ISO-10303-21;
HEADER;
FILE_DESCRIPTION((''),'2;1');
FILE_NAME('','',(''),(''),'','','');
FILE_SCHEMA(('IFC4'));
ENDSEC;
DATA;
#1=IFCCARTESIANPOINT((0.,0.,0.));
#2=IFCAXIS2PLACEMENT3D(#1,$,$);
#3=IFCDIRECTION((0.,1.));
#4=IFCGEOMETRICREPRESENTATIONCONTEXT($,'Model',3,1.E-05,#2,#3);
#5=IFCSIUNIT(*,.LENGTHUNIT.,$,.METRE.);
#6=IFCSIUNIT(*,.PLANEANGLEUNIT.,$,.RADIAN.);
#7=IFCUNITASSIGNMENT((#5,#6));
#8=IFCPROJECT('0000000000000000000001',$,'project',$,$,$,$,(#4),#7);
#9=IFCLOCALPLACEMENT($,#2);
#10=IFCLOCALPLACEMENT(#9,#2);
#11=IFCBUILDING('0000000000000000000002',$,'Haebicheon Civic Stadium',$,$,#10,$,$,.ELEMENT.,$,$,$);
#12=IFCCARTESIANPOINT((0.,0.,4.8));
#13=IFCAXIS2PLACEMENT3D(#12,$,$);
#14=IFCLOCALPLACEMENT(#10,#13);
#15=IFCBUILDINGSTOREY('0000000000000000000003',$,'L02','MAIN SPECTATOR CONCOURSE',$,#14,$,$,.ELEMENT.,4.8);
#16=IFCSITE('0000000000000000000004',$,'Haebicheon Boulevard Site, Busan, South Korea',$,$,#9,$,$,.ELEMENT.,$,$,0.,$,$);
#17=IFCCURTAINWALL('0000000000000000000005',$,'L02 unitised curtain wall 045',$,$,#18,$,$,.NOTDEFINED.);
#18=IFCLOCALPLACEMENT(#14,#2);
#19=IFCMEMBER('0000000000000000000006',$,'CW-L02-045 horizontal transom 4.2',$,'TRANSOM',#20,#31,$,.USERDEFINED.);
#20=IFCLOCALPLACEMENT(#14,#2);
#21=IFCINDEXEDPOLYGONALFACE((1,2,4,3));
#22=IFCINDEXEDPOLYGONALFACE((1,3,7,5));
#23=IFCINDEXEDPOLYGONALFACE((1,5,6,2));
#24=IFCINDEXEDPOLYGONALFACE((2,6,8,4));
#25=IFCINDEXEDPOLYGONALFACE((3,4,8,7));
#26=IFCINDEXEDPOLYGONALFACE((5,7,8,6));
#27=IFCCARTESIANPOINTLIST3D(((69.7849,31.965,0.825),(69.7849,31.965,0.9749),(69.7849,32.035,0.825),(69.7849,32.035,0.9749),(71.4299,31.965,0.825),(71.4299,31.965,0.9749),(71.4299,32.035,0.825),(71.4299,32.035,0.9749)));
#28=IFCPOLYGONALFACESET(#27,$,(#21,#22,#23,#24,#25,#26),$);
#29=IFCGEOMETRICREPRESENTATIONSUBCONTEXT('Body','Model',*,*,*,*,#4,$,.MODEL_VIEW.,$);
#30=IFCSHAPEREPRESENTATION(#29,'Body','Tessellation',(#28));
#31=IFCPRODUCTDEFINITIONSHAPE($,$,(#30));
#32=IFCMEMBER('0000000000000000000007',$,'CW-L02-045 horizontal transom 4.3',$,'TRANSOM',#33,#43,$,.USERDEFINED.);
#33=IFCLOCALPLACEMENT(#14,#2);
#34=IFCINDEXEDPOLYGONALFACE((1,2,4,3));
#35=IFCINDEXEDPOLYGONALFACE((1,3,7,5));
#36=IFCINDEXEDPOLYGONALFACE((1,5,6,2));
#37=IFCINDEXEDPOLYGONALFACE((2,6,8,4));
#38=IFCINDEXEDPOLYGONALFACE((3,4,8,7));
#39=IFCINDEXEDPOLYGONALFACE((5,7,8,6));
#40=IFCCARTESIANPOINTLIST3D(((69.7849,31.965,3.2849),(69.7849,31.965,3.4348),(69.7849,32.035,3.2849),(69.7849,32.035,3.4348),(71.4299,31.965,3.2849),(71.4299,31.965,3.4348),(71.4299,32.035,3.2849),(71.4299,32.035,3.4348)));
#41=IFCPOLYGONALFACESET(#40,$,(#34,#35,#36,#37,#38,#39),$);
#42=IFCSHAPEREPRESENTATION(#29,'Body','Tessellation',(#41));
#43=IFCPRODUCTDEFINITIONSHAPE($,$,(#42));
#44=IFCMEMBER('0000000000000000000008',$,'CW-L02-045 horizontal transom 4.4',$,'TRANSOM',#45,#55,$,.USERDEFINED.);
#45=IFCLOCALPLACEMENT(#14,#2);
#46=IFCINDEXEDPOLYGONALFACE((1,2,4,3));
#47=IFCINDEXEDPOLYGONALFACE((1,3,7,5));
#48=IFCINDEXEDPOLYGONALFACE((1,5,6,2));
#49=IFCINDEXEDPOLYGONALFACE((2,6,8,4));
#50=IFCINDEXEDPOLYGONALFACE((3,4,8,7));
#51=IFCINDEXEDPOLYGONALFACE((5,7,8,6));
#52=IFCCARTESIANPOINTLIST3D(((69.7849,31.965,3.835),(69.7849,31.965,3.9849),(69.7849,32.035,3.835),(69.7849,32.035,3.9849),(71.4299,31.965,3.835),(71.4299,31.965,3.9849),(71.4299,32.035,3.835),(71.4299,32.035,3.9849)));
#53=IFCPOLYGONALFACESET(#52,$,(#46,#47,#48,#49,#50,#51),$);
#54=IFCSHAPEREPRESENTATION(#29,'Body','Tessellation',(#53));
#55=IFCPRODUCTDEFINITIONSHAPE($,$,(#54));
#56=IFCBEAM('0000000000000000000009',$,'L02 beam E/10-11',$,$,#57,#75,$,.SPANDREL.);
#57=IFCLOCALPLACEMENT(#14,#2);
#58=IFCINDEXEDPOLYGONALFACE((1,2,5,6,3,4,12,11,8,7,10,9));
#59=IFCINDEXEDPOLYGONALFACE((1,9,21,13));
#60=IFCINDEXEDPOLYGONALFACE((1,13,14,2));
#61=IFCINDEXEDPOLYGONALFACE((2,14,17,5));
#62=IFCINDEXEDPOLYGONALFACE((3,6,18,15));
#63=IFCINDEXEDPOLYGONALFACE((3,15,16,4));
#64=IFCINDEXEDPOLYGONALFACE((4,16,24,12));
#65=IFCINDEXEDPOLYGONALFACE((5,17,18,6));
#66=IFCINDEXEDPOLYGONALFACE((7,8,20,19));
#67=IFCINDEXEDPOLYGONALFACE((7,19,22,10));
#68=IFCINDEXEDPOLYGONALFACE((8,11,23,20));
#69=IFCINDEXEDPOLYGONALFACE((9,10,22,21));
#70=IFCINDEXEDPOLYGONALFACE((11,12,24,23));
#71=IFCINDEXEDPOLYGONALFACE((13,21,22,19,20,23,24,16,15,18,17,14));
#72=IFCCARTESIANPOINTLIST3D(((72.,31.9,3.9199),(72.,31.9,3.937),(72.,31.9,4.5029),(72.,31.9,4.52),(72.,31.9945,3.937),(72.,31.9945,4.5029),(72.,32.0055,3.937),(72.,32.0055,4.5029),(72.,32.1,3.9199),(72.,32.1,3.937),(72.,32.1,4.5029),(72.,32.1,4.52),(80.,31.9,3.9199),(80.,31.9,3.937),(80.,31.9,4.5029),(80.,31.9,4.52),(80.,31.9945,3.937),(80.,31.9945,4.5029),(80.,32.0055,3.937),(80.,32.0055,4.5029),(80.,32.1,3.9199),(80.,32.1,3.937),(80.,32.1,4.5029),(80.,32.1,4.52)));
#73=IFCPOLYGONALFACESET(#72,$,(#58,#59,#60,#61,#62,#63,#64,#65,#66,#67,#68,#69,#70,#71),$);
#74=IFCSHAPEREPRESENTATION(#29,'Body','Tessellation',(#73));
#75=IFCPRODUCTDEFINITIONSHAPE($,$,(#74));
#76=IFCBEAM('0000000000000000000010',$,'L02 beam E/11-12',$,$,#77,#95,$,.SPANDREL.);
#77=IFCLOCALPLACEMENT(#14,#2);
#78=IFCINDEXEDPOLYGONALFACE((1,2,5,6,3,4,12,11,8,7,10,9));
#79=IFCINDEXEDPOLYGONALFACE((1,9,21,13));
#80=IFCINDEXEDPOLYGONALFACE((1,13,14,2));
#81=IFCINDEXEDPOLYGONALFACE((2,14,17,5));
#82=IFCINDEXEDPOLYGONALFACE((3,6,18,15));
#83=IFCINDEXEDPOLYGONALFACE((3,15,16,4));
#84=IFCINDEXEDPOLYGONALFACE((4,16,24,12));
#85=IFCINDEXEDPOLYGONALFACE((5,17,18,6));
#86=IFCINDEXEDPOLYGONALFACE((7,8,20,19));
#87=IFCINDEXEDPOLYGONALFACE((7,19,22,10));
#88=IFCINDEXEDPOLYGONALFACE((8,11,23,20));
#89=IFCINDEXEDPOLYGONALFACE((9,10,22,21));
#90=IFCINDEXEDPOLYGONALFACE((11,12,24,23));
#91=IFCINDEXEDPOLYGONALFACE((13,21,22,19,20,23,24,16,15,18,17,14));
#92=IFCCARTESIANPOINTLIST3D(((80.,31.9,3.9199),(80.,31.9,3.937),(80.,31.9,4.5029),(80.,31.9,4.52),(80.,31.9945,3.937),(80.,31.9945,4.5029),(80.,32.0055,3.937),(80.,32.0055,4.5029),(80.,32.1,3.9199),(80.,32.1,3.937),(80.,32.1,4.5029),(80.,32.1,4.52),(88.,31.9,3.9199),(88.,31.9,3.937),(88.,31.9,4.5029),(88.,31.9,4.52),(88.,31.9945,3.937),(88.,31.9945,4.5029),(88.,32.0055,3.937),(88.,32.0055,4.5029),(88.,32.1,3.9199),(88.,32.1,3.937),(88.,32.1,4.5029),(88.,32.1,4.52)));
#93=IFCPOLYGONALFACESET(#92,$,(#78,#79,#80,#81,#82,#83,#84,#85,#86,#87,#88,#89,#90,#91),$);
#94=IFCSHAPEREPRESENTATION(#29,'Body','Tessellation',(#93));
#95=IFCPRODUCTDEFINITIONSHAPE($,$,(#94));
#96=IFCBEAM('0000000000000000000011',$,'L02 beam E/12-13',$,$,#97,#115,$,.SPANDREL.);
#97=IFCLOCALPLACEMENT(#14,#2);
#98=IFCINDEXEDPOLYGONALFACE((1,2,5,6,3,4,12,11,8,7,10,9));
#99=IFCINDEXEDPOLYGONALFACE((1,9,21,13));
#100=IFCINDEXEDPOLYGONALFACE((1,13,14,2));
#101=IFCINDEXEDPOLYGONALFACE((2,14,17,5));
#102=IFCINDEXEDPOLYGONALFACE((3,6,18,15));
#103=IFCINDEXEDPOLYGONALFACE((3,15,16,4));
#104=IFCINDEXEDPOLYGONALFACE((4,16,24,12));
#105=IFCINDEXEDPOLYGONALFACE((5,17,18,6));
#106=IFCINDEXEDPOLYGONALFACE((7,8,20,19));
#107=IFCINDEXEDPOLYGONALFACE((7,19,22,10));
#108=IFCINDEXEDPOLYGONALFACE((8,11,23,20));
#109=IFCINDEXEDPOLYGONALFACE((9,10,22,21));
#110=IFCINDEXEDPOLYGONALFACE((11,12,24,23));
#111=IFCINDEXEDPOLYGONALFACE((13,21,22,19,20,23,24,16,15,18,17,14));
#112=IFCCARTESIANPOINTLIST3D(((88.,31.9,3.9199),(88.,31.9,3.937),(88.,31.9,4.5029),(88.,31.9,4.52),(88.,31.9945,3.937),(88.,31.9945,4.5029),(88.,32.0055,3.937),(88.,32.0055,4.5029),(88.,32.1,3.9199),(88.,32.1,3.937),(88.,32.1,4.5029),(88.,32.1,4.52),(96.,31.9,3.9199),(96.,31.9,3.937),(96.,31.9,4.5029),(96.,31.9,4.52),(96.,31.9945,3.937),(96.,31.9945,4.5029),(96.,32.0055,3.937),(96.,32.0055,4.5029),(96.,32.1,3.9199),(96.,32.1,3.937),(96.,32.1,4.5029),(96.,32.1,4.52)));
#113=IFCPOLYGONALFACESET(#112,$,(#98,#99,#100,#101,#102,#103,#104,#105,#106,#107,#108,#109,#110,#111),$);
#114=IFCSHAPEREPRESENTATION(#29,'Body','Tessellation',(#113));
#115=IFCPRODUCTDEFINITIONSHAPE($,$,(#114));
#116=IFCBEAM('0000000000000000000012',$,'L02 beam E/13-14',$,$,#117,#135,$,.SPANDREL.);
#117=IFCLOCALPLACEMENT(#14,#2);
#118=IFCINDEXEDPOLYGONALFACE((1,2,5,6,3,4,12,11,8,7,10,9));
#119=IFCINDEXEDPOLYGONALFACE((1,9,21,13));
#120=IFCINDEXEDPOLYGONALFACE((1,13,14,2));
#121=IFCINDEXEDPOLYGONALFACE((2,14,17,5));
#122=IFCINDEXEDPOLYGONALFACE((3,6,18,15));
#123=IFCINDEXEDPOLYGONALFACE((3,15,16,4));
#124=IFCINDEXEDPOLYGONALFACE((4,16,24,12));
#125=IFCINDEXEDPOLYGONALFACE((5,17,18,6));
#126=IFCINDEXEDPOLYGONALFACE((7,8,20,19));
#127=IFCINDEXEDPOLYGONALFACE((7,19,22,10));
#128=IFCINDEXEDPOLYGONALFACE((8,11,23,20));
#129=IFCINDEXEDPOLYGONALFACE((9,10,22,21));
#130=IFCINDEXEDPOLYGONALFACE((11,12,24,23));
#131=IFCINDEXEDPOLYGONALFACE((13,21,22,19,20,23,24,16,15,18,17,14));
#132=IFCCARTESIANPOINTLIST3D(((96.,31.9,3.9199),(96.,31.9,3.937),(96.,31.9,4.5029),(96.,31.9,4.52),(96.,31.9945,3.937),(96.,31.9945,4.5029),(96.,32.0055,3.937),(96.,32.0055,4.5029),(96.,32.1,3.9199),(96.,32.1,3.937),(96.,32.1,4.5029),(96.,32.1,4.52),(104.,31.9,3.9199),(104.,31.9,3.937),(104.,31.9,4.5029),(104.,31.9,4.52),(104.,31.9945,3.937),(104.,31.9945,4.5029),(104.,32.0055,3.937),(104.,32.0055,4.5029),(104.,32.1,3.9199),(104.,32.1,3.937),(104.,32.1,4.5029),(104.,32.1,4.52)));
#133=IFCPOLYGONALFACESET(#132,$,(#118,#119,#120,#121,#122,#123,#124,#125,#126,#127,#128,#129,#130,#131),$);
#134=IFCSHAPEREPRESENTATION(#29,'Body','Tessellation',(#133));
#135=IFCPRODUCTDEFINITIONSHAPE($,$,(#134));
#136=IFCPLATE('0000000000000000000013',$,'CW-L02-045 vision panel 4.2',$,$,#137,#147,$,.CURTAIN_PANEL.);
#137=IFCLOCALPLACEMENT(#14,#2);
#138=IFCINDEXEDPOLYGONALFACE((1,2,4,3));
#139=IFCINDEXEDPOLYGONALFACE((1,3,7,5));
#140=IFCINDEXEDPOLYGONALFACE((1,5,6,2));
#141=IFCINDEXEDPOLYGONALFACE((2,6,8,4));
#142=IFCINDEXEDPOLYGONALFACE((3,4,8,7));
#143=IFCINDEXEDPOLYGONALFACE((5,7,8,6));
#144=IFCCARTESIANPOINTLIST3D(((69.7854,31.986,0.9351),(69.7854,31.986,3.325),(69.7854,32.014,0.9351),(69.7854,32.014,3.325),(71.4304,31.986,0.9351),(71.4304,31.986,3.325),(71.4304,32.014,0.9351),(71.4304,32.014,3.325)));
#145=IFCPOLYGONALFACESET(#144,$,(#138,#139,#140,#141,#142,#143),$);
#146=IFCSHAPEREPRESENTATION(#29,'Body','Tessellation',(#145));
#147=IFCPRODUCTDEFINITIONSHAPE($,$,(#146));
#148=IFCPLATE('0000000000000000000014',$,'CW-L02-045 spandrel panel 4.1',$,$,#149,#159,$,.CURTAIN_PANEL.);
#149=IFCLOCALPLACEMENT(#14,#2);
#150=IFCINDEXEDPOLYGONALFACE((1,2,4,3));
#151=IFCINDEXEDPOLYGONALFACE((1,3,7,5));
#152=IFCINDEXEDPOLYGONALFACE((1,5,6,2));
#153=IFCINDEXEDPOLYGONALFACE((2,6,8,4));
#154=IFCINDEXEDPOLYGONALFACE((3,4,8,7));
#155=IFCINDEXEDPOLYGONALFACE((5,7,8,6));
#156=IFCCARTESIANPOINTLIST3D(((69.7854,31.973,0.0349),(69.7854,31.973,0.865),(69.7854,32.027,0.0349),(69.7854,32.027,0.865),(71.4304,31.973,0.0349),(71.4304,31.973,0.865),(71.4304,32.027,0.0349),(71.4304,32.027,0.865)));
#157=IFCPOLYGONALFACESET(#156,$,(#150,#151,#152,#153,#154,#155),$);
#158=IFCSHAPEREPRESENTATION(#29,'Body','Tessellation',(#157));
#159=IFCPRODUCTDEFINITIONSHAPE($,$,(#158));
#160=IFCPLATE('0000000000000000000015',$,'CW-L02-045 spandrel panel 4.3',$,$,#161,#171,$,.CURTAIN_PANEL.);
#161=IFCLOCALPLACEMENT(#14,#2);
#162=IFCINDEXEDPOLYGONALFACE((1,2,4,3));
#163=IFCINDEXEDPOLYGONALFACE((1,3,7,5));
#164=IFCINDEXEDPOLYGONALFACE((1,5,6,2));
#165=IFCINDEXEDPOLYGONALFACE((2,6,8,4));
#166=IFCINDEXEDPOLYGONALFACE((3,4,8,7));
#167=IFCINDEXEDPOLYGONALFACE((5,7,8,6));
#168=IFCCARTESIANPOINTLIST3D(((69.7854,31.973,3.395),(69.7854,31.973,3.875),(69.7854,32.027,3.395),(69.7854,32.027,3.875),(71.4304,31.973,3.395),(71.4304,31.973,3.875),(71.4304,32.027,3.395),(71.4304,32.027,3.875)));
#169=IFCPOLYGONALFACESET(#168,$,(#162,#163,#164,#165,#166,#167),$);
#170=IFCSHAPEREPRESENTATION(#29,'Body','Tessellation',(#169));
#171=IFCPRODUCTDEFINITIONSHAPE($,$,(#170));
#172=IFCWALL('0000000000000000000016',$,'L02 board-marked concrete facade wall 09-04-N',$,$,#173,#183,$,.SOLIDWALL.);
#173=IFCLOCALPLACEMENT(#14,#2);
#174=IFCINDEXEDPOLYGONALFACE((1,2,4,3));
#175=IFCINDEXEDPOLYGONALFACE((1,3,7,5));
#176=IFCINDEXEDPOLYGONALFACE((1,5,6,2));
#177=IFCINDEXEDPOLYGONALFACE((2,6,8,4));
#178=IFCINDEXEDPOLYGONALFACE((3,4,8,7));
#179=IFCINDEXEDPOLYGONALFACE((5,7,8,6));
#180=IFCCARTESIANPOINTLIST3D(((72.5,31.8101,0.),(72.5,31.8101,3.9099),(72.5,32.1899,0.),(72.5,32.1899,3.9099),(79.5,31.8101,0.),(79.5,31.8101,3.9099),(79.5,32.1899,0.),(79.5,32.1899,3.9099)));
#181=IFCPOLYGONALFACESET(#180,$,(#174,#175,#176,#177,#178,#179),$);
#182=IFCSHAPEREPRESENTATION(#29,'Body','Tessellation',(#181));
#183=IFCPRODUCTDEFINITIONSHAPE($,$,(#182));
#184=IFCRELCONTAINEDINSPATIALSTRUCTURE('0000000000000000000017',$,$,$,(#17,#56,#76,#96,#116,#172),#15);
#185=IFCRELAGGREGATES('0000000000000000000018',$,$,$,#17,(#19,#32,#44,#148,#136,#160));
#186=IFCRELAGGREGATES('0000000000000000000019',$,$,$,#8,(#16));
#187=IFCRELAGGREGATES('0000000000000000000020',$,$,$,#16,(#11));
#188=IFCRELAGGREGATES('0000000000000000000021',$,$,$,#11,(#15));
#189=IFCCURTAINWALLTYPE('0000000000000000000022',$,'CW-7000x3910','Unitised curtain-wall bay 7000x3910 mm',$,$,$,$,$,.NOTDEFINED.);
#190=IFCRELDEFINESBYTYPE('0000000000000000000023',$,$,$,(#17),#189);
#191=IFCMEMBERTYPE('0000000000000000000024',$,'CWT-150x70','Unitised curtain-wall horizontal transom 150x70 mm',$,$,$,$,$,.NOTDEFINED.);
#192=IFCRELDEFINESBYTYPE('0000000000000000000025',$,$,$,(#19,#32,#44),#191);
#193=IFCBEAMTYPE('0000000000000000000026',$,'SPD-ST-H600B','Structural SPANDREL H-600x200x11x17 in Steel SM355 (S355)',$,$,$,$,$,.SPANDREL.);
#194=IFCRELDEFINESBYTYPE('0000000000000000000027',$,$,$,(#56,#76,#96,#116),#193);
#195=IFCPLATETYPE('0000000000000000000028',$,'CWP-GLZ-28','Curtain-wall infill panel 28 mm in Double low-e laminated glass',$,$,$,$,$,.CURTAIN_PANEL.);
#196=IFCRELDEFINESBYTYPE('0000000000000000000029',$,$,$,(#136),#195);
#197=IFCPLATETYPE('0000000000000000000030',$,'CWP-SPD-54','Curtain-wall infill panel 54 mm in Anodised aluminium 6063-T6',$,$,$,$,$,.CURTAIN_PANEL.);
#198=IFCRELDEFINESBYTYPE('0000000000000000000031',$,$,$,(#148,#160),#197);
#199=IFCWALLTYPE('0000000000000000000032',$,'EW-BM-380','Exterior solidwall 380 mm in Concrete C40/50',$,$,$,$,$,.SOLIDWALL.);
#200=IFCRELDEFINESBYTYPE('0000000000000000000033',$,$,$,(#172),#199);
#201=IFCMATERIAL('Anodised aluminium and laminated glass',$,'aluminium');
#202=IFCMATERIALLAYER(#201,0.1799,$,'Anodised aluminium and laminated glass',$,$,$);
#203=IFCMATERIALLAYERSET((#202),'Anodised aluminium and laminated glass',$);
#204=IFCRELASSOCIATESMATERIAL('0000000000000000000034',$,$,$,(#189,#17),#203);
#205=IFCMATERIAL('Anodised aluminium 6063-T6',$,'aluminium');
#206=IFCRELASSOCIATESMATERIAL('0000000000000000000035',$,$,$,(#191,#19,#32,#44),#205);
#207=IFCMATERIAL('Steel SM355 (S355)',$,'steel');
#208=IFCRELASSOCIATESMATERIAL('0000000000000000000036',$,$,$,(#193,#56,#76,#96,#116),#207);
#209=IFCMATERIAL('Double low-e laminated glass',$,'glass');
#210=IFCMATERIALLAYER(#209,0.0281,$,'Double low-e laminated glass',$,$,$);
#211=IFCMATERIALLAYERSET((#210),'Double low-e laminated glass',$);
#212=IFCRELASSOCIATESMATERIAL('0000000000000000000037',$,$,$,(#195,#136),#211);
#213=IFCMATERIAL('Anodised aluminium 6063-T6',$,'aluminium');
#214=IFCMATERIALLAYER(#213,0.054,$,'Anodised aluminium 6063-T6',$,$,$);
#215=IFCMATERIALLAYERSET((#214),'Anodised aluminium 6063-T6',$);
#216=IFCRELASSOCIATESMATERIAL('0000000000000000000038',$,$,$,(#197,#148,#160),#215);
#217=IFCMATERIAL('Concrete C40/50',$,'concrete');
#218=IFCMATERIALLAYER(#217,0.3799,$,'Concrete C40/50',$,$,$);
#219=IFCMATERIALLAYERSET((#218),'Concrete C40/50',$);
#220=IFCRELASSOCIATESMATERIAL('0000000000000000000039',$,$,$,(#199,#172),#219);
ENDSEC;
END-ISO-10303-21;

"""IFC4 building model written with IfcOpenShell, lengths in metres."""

from ifc_helpers import new_model, si_unit, direction, frame, frame_2d, origin, origin_2d, place, context, subcontext, project, spatial, rectangle, i_section, extrude, material, layer, layer_set, material_profile, profile_set, type_object, element, aggregate, save


model = new_model("IFC4")

# Units and contexts
model_context = context("Model", 3, precision=1e-05, world=origin(), true_north=direction((0.0, 1.0)))
body_context = subcontext(model_context, "Body", "Model", "MODEL_VIEW")
ifc_project = project(units=[si_unit("LENGTHUNIT", "METRE"), si_unit("PLANEANGLEUNIT", "RADIAN")], contexts=[model_context])

# Site, building, storey
site_placement = place(None, origin())
site = spatial("IfcSite", under=ifc_project, at=site_placement, Name="Haebicheon Boulevard Site, Busan, South Korea", CompositionType="ELEMENT", RefElevation=0.0)
building_placement = place(site_placement, origin())
building = spatial("IfcBuilding", under=site, at=building_placement, Name="Haebicheon Civic Stadium", CompositionType="ELEMENT")
storey_placement = place(building_placement, frame((0.0, 0.0, 4.8)))
storey = spatial("IfcBuildingStorey", under=building, at=storey_placement, Name="L02", Description="MAIN SPECTATOR CONCOURSE", CompositionType="ELEMENT", Elevation=4.8)

# Curtain wall, members
ifc_material_1 = material(Name="Anodised aluminium and laminated glass", Category="aluminium")
ifc_layer_1 = layer(ifc_material_1, 0.1799, Name="Anodised aluminium and laminated glass")
ifc_layer_set_1 = layer_set([ifc_layer_1], Name="Anodised aluminium and laminated glass")
curtain_wall_type = type_object("IfcCurtainWallType", Name="CW-7000x3910", Description="Unitised curtain-wall bay 7000x3910 mm", PredefinedType="NOTDEFINED", material=ifc_layer_set_1)
curtain_wall_placement = place(storey_placement, origin())
curtain_wall = element("IfcCurtainWall", 1, at=curtain_wall_placement, inside=storey, type_object=curtain_wall_type, material=ifc_layer_set_1, Name="L02 unitised curtain wall 045", PredefinedType="NOTDEFINED")
ifc_material_2 = material(Name="Anodised aluminium 6063-T6", Category="aluminium")
ifc_material_profile_1 = material_profile(ifc_material_2, rectangle(XDim=0.0701, YDim=0.1499, at=origin_2d()), Name="ALU-TRAN-70x150")
ifc_profile_set_1 = profile_set([ifc_material_profile_1], Name="Anodised aluminium 6063-T6")
member_type_1 = type_object("IfcMemberType", Name="CWT-150x70", Description="Unitised curtain-wall horizontal transom 150x70 mm", PredefinedType="NOTDEFINED", material=ifc_profile_set_1)
member_1_placement = place(storey_placement, frame((69.7849, 32.0, 0.8999), z_axis=(1.0, 0.0, 0.0), x_axis=(0.0, 1.0, 0.0)))
member_1 = element("IfcMember", 2, at=member_1_placement, type_object=member_type_1, material=ifc_profile_set_1, Name="CW-L02-045 horizontal transom 4.2", ObjectType="TRANSOM", PredefinedType="USERDEFINED", context=body_context, shape_type="SweptSolid", body=[
    extrude(rectangle(XDim=0.0701, YDim=0.1499, at=origin_2d()), origin(), (0.0, 0.0, 1.0), 1.645),
])
member_2_placement = place(storey_placement, frame((69.7849, 32.0, 3.3599), z_axis=(1.0, 0.0, 0.0), x_axis=(0.0, 1.0, 0.0)))
member_2 = element("IfcMember", 3, at=member_2_placement, type_object=member_type_1, material=ifc_profile_set_1, Name="CW-L02-045 horizontal transom 4.3", ObjectType="TRANSOM", PredefinedType="USERDEFINED", context=body_context, shape_type="SweptSolid", body=[
    extrude(rectangle(XDim=0.0701, YDim=0.1499, at=origin_2d()), origin(), (0.0, 0.0, 1.0), 1.645),
])
member_3_placement = place(storey_placement, frame((69.7849, 32.0, 3.9099), z_axis=(1.0, 0.0, 0.0), x_axis=(0.0, 1.0, 0.0)))
member_3 = element("IfcMember", 4, at=member_3_placement, type_object=member_type_1, material=ifc_profile_set_1, Name="CW-L02-045 horizontal transom 4.4", ObjectType="TRANSOM", PredefinedType="USERDEFINED", context=body_context, shape_type="SweptSolid", body=[
    extrude(rectangle(XDim=0.0701, YDim=0.1499, at=origin_2d()), origin(), (0.0, 0.0, 1.0), 1.645),
])

# Beams
ifc_material_3 = material(Name="Steel SM355 (S355)", Category="steel")
ifc_material_profile_2 = material_profile(ifc_material_3, i_section(OverallWidth=0.2, OverallDepth=0.6001, WebThickness=0.011, FlangeThickness=0.0171, at=origin_2d()), Name="H-600x200x11x17")
ifc_profile_set_2 = profile_set([ifc_material_profile_2], Name="Steel SM355 (S355)")
beam_type_1 = type_object("IfcBeamType", Name="SPD-ST-H600B", Description="Structural SPANDREL H-600x200x11x17 in Steel SM355 (S355)", PredefinedType="SPANDREL", material=ifc_profile_set_2)
for number, where, z_axis, x_axis, name in (
    (5, (72.0, 32.0, 4.22), (1.0, 0.0, 0.0), (0.0, 1.0, 0.0), "L02 beam E/10-11"),
    (6, (80.0, 32.0, 4.22), (1.0, 0.0, 0.0), (0.0, 1.0, 0.0), "L02 beam E/11-12"),
    (7, (88.0, 32.0, 4.22), (1.0, 0.0, 0.0), (0.0, 1.0, 0.0), "L02 beam E/12-13"),
    (8, (96.0, 32.0, 4.22), (1.0, 0.0, 0.0), (0.0, 1.0, 0.0), "L02 beam E/13-14"),
):
    element("IfcBeam", number, at=place(storey_placement, frame(where, z_axis=z_axis, x_axis=x_axis)), inside=storey, type_object=beam_type_1, material=ifc_profile_set_2, Name=name, PredefinedType="SPANDREL", context=body_context, shape_type="SweptSolid", body=[
        extrude(i_section(OverallWidth=0.2, OverallDepth=0.6001, WebThickness=0.011, FlangeThickness=0.0171, at=origin_2d()), origin(), (0.0, 0.0, 1.0), 8.0),
    ])

# Plates
ifc_material_4 = material(Name="Double low-e laminated glass", Category="glass")
ifc_layer_2 = layer(ifc_material_4, 0.0281, Name="Double low-e laminated glass")
ifc_layer_set_2 = layer_set([ifc_layer_2], Name="Double low-e laminated glass")
plate_type_1 = type_object("IfcPlateType", Name="CWP-GLZ-28", Description="Curtain-wall infill panel 28 mm in Double low-e laminated glass", PredefinedType="CURTAIN_PANEL", material=ifc_layer_set_2)
plate_1_placement = place(storey_placement, frame((70.6079, 32.0, 0.9351), z_axis=(0.0, 0.0, 1.0), x_axis=(1.0, 0.0, 0.0)))
plate_1 = element("IfcPlate", 9, at=plate_1_placement, type_object=plate_type_1, material=ifc_layer_set_2, Name="CW-L02-045 vision panel 4.2", PredefinedType="CURTAIN_PANEL", context=body_context, shape_type="SweptSolid", body=[
    extrude(rectangle(XDim=1.645, YDim=0.0281, at=origin_2d()), origin(), (0.0, 0.0, 1.0), 2.3899),
])
ifc_material_5 = material(Name="Anodised aluminium 6063-T6", Category="aluminium")
ifc_layer_3 = layer(ifc_material_5, 0.054, Name="Anodised aluminium 6063-T6")
ifc_layer_set_3 = layer_set([ifc_layer_3], Name="Anodised aluminium 6063-T6")
plate_type_2 = type_object("IfcPlateType", Name="CWP-SPD-54", Description="Curtain-wall infill panel 54 mm in Anodised aluminium 6063-T6", PredefinedType="CURTAIN_PANEL", material=ifc_layer_set_3)
plate_2_placement = place(storey_placement, frame((70.6079, 32.0, 0.0349), z_axis=(0.0, 0.0, 1.0), x_axis=(1.0, 0.0, 0.0)))
plate_2 = element("IfcPlate", 10, at=plate_2_placement, type_object=plate_type_2, material=ifc_layer_set_3, Name="CW-L02-045 spandrel panel 4.1", PredefinedType="CURTAIN_PANEL", context=body_context, shape_type="SweptSolid", body=[
    extrude(rectangle(XDim=1.645, YDim=0.054, at=origin_2d()), origin(), (0.0, 0.0, 1.0), 0.8301),
])
plate_3_placement = place(storey_placement, frame((70.6079, 32.0, 3.395), z_axis=(0.0, 0.0, 1.0), x_axis=(1.0, 0.0, 0.0)))
plate_3 = element("IfcPlate", 11, at=plate_3_placement, type_object=plate_type_2, material=ifc_layer_set_3, Name="CW-L02-045 spandrel panel 4.3", PredefinedType="CURTAIN_PANEL", context=body_context, shape_type="SweptSolid", body=[
    extrude(rectangle(XDim=1.645, YDim=0.054, at=origin_2d()), origin(), (0.0, 0.0, 1.0), 0.48),
])
aggregate(curtain_wall, [member_1, member_2, member_3, plate_2, plate_1, plate_3])

# Wall
ifc_material_6 = material(Name="Concrete C40/50", Category="concrete")
ifc_layer_4 = layer(ifc_material_6, 0.3799, Name="Concrete C40/50")
ifc_layer_set_4 = layer_set([ifc_layer_4], Name="Concrete C40/50")
wall_type = type_object("IfcWallType", Name="EW-BM-380", Description="Exterior solidwall 380 mm in Concrete C40/50", PredefinedType="SOLIDWALL", material=ifc_layer_set_4)
wall_placement = place(storey_placement, frame((72.5, 32.0, 0.0), z_axis=(0.0, 0.0, 1.0), x_axis=(1.0, 0.0, 0.0)))
element("IfcWall", 12, at=wall_placement, inside=storey, type_object=wall_type, material=ifc_layer_set_4, Name="L02 board-marked concrete facade wall 09-04-N", PredefinedType="SOLIDWALL", context=body_context, shape_type="SweptSolid", body=[
    extrude(rectangle(XDim=7.0, YDim=0.3799, at=frame_2d((3.5, 0.0))), origin(), (0.0, 0.0, 1.0), 3.9099),
])

save(model, "model.ifc")
